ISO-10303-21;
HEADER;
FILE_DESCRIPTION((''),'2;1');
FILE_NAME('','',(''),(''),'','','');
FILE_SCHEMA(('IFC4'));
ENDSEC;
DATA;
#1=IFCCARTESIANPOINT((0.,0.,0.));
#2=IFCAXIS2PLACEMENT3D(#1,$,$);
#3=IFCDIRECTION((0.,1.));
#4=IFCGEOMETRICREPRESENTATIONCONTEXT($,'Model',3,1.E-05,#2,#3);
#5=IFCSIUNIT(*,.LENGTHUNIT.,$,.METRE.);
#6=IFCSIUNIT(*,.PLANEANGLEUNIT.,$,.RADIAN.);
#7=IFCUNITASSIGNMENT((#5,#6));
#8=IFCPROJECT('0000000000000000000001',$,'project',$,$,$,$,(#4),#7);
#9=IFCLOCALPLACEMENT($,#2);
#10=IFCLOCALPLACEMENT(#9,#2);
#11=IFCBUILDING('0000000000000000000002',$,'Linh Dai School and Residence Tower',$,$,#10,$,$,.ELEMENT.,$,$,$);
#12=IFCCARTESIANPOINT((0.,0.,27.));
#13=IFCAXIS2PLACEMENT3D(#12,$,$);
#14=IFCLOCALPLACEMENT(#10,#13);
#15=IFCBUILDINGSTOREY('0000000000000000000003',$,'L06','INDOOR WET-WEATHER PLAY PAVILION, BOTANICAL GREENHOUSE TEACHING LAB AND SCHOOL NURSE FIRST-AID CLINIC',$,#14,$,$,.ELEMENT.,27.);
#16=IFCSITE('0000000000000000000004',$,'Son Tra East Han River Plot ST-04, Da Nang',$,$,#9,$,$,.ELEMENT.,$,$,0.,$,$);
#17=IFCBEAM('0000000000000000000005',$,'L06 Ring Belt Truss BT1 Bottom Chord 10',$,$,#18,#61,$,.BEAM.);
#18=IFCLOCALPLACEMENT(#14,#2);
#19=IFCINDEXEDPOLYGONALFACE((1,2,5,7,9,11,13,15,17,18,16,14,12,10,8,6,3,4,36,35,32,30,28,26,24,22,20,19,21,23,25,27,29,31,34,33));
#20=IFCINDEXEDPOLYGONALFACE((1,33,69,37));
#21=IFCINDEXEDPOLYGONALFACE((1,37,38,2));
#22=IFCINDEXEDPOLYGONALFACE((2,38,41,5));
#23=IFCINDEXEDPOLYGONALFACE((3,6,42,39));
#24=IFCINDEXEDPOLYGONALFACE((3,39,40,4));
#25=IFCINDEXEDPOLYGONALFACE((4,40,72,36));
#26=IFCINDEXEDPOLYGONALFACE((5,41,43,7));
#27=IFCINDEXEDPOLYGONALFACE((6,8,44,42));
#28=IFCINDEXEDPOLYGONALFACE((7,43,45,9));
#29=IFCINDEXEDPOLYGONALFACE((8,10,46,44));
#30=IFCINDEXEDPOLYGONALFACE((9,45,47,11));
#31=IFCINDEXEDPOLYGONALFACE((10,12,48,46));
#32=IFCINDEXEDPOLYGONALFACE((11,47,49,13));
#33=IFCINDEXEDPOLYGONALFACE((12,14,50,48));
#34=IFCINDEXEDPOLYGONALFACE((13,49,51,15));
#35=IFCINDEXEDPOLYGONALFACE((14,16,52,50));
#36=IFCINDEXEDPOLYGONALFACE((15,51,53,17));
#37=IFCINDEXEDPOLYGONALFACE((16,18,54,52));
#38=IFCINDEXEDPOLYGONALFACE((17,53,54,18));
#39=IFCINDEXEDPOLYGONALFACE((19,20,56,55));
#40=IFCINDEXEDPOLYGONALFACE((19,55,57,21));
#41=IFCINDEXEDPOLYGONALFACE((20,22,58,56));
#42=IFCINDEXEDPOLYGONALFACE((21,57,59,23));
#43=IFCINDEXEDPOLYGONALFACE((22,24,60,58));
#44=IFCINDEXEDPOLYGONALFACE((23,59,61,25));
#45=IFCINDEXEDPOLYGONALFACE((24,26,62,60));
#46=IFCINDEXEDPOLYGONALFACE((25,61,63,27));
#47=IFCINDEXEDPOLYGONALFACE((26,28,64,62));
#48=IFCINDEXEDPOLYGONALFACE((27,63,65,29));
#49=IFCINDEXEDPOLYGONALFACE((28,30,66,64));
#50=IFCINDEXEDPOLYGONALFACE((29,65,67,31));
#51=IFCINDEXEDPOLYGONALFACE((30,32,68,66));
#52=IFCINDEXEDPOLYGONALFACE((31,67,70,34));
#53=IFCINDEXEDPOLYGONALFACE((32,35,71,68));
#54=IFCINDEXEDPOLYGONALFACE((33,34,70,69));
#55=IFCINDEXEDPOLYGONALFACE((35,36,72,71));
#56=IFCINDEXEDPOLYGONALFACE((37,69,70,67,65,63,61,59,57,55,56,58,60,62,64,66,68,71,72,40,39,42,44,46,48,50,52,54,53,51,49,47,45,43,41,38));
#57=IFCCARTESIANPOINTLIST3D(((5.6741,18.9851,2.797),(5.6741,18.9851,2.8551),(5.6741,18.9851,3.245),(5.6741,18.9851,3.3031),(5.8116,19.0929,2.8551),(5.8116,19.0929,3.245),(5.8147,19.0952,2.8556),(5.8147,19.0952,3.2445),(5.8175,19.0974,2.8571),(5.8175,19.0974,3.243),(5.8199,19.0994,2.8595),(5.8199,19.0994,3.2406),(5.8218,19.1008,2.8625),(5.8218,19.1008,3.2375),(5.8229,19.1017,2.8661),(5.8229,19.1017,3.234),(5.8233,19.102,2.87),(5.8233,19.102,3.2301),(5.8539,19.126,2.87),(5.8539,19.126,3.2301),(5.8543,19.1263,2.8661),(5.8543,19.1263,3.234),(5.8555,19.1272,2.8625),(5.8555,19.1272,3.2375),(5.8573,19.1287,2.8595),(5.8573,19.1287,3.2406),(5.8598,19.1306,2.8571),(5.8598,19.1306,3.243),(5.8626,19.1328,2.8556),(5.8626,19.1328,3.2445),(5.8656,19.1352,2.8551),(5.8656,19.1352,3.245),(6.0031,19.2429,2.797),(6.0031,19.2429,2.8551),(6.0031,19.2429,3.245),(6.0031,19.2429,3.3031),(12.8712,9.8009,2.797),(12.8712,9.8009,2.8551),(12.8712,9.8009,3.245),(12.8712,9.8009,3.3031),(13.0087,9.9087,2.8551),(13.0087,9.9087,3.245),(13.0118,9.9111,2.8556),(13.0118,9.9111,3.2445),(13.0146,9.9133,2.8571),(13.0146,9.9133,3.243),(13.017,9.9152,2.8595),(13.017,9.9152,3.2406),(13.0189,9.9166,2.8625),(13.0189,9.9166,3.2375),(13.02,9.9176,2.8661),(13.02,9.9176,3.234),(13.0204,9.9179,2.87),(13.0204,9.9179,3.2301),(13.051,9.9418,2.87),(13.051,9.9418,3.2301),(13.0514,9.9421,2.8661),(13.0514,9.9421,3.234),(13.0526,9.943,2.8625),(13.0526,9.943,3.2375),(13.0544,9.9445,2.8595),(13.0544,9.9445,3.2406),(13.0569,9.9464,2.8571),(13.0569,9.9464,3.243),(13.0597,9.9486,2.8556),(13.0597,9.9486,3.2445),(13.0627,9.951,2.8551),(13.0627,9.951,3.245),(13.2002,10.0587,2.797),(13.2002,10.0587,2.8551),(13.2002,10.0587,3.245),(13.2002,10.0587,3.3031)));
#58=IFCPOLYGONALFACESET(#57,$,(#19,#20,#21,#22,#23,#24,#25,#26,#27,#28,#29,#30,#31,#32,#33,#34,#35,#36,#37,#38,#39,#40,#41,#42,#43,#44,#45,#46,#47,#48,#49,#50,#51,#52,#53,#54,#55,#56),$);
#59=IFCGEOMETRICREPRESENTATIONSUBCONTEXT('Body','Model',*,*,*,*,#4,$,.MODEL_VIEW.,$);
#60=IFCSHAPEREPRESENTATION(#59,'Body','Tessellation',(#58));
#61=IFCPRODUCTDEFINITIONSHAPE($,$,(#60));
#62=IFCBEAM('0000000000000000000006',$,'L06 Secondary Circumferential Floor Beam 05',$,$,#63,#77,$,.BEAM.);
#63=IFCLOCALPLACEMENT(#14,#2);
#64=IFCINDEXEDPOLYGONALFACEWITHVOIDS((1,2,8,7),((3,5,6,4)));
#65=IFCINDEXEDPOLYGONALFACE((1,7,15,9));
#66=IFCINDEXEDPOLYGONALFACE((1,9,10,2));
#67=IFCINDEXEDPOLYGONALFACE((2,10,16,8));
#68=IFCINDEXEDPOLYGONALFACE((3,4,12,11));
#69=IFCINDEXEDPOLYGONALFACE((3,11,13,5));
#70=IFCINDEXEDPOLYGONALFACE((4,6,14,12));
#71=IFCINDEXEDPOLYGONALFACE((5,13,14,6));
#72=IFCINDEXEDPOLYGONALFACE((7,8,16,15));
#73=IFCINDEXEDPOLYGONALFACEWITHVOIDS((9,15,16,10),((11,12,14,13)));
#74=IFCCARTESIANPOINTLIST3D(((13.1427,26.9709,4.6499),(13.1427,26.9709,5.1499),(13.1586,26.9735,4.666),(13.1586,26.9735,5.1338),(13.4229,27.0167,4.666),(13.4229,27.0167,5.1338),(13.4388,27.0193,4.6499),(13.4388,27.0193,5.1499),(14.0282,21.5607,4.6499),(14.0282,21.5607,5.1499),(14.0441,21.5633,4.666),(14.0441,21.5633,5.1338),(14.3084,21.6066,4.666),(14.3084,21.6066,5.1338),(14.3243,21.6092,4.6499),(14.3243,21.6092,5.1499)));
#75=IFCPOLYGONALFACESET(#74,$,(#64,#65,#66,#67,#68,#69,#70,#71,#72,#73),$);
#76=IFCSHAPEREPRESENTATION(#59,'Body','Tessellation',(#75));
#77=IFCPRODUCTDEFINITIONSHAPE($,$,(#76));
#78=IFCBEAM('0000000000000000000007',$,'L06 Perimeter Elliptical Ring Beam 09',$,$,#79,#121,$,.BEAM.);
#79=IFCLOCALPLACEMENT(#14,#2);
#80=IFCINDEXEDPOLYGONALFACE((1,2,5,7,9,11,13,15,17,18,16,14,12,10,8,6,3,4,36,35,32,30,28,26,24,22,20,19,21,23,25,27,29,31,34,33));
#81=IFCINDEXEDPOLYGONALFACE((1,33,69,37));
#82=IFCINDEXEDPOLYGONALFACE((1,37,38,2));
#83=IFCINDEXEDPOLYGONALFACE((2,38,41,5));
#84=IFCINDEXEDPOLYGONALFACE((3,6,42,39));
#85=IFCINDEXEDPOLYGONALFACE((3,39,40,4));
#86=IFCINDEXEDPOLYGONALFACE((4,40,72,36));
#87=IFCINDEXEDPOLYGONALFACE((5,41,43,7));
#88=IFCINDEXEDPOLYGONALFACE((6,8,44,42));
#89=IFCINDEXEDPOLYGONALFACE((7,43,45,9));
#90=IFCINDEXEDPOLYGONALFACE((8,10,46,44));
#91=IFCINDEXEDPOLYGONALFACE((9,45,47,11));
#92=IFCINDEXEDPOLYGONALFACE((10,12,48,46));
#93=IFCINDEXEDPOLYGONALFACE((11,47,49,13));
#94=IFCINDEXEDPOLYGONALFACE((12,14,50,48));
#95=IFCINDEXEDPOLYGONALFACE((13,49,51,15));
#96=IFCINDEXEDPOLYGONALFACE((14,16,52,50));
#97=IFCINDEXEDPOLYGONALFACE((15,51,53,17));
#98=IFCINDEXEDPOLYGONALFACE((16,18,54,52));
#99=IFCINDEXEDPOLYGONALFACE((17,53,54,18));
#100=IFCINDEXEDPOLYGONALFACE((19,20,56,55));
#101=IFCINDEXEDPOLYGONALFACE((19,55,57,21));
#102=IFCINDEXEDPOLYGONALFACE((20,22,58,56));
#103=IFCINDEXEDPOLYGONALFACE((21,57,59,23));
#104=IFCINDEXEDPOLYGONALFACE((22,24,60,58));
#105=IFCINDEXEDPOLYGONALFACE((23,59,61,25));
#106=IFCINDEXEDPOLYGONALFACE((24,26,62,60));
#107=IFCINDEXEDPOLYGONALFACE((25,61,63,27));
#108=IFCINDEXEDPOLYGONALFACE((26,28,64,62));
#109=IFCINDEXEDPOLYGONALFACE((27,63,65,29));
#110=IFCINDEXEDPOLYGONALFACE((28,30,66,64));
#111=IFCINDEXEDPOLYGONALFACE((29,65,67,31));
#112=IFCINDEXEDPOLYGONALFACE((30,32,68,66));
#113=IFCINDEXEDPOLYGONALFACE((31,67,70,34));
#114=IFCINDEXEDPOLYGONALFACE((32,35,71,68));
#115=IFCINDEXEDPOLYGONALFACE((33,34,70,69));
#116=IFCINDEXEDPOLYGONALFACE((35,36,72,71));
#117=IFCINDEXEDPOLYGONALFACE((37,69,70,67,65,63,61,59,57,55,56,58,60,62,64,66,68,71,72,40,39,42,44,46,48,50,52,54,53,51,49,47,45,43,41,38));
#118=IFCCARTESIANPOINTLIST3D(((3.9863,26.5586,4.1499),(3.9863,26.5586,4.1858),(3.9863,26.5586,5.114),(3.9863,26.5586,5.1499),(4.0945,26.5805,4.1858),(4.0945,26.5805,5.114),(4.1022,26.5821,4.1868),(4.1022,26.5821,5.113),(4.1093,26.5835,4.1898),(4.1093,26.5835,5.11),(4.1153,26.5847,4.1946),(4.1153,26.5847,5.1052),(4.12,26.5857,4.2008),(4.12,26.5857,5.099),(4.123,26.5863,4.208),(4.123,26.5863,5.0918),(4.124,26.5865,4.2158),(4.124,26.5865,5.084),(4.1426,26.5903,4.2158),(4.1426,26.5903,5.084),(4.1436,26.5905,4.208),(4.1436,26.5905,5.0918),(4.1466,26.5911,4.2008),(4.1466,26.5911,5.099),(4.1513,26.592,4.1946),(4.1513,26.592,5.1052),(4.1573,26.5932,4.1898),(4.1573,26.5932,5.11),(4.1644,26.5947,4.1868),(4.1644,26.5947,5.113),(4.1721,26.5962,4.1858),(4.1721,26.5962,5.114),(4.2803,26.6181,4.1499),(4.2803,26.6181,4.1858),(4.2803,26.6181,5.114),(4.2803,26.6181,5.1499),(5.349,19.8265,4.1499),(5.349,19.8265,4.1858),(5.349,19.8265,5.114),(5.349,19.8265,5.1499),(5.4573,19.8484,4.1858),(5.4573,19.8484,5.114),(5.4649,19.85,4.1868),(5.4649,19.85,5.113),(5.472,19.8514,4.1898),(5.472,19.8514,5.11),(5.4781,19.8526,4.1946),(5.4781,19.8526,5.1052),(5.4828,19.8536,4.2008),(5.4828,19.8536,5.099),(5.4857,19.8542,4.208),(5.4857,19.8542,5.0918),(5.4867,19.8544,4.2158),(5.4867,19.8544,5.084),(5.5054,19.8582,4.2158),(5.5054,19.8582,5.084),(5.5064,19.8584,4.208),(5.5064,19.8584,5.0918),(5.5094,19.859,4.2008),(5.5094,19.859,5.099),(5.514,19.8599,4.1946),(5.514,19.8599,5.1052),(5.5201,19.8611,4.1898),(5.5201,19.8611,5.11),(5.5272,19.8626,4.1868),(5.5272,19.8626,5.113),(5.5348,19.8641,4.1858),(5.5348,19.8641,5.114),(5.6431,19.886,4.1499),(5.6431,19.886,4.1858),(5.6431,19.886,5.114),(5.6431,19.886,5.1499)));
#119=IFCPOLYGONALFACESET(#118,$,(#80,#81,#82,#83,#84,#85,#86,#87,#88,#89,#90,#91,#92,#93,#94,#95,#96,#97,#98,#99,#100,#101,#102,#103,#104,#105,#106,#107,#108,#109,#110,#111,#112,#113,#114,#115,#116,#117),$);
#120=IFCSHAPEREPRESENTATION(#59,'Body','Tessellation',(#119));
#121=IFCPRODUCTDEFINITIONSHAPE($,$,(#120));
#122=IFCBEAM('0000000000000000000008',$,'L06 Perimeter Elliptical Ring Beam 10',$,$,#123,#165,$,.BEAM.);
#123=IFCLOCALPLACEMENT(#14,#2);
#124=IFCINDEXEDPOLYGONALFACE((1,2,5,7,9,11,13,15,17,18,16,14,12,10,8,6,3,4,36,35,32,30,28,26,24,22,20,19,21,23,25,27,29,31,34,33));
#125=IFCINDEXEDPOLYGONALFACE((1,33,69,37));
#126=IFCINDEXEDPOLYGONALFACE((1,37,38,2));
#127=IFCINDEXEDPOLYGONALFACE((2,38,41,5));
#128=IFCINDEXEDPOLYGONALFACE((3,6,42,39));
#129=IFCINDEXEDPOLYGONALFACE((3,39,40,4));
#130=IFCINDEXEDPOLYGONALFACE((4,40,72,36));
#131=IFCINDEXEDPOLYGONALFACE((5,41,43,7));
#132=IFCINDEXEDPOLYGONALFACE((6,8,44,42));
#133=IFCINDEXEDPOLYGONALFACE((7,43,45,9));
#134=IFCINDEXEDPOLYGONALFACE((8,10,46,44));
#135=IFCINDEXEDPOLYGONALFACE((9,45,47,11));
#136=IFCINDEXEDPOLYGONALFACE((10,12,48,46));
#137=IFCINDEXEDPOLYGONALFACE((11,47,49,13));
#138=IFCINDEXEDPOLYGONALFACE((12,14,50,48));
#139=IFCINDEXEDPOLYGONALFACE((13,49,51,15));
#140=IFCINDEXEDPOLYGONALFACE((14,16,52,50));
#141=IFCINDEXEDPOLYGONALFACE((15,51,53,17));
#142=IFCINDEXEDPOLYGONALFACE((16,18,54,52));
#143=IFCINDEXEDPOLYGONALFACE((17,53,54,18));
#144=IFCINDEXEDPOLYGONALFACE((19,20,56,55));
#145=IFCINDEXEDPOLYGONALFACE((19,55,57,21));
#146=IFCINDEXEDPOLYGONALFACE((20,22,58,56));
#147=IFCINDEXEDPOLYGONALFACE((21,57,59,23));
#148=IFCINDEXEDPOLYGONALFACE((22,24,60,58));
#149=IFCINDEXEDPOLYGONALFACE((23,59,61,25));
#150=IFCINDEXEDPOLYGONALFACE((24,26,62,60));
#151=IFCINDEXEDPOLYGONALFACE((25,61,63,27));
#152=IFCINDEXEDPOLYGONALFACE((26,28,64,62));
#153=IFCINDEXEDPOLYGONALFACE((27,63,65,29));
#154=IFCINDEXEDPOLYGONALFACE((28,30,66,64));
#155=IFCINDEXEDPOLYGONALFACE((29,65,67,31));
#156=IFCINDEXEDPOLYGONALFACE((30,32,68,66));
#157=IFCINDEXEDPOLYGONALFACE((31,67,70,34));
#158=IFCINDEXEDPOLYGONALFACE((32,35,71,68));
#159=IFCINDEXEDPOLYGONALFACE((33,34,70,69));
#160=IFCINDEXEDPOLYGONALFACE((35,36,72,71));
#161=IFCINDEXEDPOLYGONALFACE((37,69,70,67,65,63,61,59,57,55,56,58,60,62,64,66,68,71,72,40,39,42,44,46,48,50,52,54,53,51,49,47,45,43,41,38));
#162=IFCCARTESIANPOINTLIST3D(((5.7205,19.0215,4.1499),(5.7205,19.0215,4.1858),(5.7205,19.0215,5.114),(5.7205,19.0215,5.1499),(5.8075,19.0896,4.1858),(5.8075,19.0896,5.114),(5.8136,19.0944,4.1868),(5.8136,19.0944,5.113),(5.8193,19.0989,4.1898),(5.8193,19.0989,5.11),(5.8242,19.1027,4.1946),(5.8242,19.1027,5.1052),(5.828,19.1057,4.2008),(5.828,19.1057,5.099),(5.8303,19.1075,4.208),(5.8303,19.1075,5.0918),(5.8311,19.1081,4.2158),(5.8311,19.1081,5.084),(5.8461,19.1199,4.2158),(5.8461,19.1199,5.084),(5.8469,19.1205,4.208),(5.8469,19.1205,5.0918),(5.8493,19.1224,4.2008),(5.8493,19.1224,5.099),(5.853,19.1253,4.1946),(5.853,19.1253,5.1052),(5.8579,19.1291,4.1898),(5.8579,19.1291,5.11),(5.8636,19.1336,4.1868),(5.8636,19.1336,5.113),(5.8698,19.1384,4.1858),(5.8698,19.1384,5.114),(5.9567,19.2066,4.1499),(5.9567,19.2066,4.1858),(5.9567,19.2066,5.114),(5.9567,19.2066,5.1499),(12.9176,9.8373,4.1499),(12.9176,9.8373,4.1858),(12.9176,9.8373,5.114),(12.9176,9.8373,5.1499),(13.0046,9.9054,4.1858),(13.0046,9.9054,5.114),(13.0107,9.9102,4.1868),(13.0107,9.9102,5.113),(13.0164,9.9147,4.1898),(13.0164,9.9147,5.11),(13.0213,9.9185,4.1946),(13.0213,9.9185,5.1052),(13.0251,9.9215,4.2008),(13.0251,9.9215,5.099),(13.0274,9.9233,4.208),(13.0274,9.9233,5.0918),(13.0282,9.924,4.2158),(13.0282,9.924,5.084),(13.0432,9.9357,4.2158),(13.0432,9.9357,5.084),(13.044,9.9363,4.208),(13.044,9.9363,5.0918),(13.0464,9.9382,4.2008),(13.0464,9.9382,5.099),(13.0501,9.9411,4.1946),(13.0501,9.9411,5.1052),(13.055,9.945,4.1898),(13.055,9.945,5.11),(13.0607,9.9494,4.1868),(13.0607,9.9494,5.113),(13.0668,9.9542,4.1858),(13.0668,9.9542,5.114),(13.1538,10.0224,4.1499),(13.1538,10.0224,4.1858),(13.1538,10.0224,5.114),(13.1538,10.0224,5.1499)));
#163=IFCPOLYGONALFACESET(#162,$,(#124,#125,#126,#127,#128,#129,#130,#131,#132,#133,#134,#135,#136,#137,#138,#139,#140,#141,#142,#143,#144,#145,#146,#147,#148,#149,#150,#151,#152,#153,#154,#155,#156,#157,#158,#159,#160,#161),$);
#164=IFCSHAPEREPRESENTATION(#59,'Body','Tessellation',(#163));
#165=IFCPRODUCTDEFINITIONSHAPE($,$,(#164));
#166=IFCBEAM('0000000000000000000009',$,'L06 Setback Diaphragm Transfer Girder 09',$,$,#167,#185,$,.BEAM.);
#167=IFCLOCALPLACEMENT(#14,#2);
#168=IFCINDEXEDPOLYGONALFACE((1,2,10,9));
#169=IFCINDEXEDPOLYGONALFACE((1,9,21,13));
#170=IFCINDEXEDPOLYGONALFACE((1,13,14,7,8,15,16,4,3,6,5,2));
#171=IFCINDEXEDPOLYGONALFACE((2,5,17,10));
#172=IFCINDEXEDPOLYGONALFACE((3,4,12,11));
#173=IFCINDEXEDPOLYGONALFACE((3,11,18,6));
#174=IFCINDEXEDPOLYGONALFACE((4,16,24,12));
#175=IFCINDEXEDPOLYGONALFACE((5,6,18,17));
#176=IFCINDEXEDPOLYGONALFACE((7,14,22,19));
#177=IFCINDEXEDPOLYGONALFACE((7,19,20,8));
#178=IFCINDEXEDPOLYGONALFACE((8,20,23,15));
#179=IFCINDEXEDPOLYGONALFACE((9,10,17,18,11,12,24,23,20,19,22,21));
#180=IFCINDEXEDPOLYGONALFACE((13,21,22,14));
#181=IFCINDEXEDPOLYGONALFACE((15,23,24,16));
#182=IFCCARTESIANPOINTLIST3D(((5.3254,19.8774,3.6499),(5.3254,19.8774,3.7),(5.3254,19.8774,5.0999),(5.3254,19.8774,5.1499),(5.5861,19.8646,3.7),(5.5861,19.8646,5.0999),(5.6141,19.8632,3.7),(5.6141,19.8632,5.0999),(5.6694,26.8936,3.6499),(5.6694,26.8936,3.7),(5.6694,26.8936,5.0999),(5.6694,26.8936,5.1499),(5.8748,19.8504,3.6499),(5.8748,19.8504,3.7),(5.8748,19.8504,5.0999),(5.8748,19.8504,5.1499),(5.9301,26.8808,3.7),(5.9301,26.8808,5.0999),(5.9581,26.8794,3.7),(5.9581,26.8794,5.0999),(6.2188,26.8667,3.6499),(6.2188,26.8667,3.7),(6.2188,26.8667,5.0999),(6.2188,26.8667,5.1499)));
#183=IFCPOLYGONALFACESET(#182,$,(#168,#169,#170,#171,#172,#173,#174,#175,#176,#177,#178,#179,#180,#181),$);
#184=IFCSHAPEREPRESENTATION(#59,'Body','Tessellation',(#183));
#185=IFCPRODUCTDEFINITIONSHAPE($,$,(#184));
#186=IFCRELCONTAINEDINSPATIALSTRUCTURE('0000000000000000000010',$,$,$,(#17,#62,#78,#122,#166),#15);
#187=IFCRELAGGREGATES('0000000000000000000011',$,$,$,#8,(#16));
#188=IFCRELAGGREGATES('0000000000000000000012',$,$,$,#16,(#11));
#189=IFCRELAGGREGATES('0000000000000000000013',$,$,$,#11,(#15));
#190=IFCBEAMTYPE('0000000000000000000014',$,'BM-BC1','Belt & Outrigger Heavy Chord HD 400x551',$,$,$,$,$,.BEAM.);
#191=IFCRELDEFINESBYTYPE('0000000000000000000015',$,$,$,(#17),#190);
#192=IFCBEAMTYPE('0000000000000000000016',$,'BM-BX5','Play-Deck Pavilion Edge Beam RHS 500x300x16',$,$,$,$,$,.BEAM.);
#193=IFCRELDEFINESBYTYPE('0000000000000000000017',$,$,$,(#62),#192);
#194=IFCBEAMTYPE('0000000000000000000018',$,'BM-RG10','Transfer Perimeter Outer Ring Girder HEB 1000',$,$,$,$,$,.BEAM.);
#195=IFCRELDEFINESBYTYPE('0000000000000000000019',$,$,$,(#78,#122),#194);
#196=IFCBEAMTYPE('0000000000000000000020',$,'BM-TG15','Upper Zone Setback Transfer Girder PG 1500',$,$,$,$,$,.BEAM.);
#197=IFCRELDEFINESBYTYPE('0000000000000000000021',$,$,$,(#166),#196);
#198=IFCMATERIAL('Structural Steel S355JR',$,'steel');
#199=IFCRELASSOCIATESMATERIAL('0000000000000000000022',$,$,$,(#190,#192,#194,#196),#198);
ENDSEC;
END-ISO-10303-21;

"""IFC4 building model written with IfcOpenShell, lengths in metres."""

from ifc_helpers import new_model, si_unit, direction, frame, origin, origin_2d, place, context, subcontext, project, spatial, hollow_rectangle, i_section, extrude, material, material_profile, profile_set, type_object, element, save


model = new_model("IFC4")

# Units and contexts
model_context = context("Model", 3, precision=1e-05, world=origin(), true_north=direction((0.0, 1.0)))
body_context = subcontext(model_context, "Body", "Model", "MODEL_VIEW")
ifc_project = project(units=[si_unit("LENGTHUNIT", "METRE"), si_unit("PLANEANGLEUNIT", "RADIAN")], contexts=[model_context])

# Site, building, storey
site_placement = place(None, origin())
site = spatial("IfcSite", under=ifc_project, at=site_placement, Name="Son Tra East Han River Plot ST-04, Da Nang", CompositionType="ELEMENT", RefElevation=0.0)
building_placement = place(site_placement, origin())
building = spatial("IfcBuilding", under=site, at=building_placement, Name="Linh Dai School and Residence Tower", CompositionType="ELEMENT")
storey_placement = place(building_placement, frame((0.0, 0.0, 27.0)))
storey = spatial("IfcBuildingStorey", under=building, at=storey_placement, Name="L06", Description="INDOOR WET-WEATHER PLAY PAVILION, BOTANICAL GREENHOUSE TEACHING LAB AND SCHOOL NURSE FIRST-AID CLINIC", CompositionType="ELEMENT", Elevation=27.0)

# Shared definitions
ifc_material_1 = material(Name="Structural Steel S355JR", Category="steel")

# Beams
ifc_material_profile_1 = material_profile(ifc_material_1, i_section(OverallWidth=0.418, OverallDepth=0.5061, WebThickness=0.0388, FlangeThickness=0.0581, FilletRadius=0.0149, at=origin_2d()), Name="HD 400x551")
ifc_profile_set_1 = profile_set([ifc_material_profile_1], Name="Structural Steel S355JR")
beam_type_1 = type_object("IfcBeamType", Name="BM-BC1", Description="Belt & Outrigger Heavy Chord HD 400x551", PredefinedType="BEAM", material=ifc_profile_set_1)
beam_1_placement = place(storey_placement, frame((5.8386, 19.114, 3.05), z_axis=(0.616812, -0.787111, 0.0), x_axis=(0.787111, 0.616812, 0.0)))
element("IfcBeam", 1, at=beam_1_placement, inside=storey, type_object=beam_type_1, Name="L06 Ring Belt Truss BT1 Bottom Chord 10", PredefinedType="BEAM", context=body_context, shape_type="SweptSolid", body=[
    extrude(i_section(OverallWidth=0.418, OverallDepth=0.5061, WebThickness=0.0388, FlangeThickness=0.0581, FilletRadius=0.0149, at=origin_2d()), origin(), (0.0, 0.0, 1.0), 11.6682),
])
ifc_material_profile_2 = material_profile(ifc_material_1, hollow_rectangle(XDim=0.3, YDim=0.5, WallThickness=0.0161, at=origin_2d()), Name="RHS 500x300x16")
ifc_profile_set_2 = profile_set([ifc_material_profile_2], Name="Structural Steel S355JR")
beam_type_2 = type_object("IfcBeamType", Name="BM-BX5", Description="Play-Deck Pavilion Edge Beam RHS 500x300x16", PredefinedType="BEAM", material=ifc_profile_set_2)
beam_2_placement = place(storey_placement, frame((13.2908, 26.9951, 4.8999), z_axis=(0.161524, -0.986869, 0.0), x_axis=(0.986869, 0.161524, 0.0)))
element("IfcBeam", 2, at=beam_2_placement, inside=storey, type_object=beam_type_2, Name="L06 Secondary Circumferential Floor Beam 05", PredefinedType="BEAM", context=body_context, shape_type="SweptSolid", body=[
    extrude(hollow_rectangle(XDim=0.3, YDim=0.5, WallThickness=0.0161, at=origin_2d()), origin(), (0.0, 0.0, 1.0), 5.4822),
])
ifc_material_profile_3 = material_profile(ifc_material_1, i_section(OverallWidth=0.3, OverallDepth=1.0, WebThickness=0.019, FlangeThickness=0.0359, FilletRadius=0.03, at=origin_2d()), Name="HEB 1000")
ifc_profile_set_3 = profile_set([ifc_material_profile_3], Name="Structural Steel S355JR")
beam_type_3 = type_object("IfcBeamType", Name="BM-RG10", Description="Transfer Perimeter Outer Ring Girder HEB 1000", PredefinedType="BEAM", material=ifc_profile_set_3)
beam_3_placement = place(storey_placement, frame((4.1333, 26.5884, 4.6499), z_axis=(0.198405, -0.98012, 0.0), x_axis=(0.98012, 0.198405, 0.0)))
element("IfcBeam", 3, at=beam_3_placement, inside=storey, type_object=beam_type_3, Name="L06 Perimeter Elliptical Ring Beam 09", PredefinedType="BEAM", context=body_context, shape_type="SweptSolid", body=[
    extrude(i_section(OverallWidth=0.3, OverallDepth=1.0, WebThickness=0.019, FlangeThickness=0.0359, FilletRadius=0.03, at=origin_2d()), origin(), (0.0, 0.0, 1.0), 6.8687),
])
beam_4_placement = place(storey_placement, frame((5.8386, 19.114, 4.6499), z_axis=(0.616812, -0.787111, 0.0), x_axis=(0.787111, 0.616812, 0.0)))
element("IfcBeam", 4, at=beam_4_placement, inside=storey, type_object=beam_type_3, Name="L06 Perimeter Elliptical Ring Beam 10", PredefinedType="BEAM", context=body_context, shape_type="SweptSolid", body=[
    extrude(i_section(OverallWidth=0.3, OverallDepth=1.0, WebThickness=0.019, FlangeThickness=0.0359, FilletRadius=0.03, at=origin_2d()), origin(), (0.0, 0.0, 1.0), 11.6682),
])
ifc_material_profile_4 = material_profile(ifc_material_1, i_section(OverallWidth=0.55, OverallDepth=1.5, WebThickness=0.0281, FlangeThickness=0.05, at=origin_2d()), Name="PG 1500x550x28x50")
ifc_profile_set_4 = profile_set([ifc_material_profile_4], Name="Structural Steel S355JR")
beam_type_4 = type_object("IfcBeamType", Name="BM-TG15", Description="Upper Zone Setback Transfer Girder PG 1500", PredefinedType="BEAM", material=ifc_profile_set_4)
beam_5_placement = place(storey_placement, frame((5.9441, 26.8801, 4.3999), z_axis=(-0.04897, -0.9988, 0.0), x_axis=(0.9988, -0.04897, 0.0)))
element("IfcBeam", 5, at=beam_5_placement, inside=storey, type_object=beam_type_4, Name="L06 Setback Diaphragm Transfer Girder 09", PredefinedType="BEAM", context=body_context, shape_type="SweptSolid", body=[
    extrude(i_section(OverallWidth=0.55, OverallDepth=1.5, WebThickness=0.0281, FlangeThickness=0.05, at=origin_2d()), origin(), (0.0, 0.0, 1.0), 7.0247),
])

save(model, "model.ifc")
